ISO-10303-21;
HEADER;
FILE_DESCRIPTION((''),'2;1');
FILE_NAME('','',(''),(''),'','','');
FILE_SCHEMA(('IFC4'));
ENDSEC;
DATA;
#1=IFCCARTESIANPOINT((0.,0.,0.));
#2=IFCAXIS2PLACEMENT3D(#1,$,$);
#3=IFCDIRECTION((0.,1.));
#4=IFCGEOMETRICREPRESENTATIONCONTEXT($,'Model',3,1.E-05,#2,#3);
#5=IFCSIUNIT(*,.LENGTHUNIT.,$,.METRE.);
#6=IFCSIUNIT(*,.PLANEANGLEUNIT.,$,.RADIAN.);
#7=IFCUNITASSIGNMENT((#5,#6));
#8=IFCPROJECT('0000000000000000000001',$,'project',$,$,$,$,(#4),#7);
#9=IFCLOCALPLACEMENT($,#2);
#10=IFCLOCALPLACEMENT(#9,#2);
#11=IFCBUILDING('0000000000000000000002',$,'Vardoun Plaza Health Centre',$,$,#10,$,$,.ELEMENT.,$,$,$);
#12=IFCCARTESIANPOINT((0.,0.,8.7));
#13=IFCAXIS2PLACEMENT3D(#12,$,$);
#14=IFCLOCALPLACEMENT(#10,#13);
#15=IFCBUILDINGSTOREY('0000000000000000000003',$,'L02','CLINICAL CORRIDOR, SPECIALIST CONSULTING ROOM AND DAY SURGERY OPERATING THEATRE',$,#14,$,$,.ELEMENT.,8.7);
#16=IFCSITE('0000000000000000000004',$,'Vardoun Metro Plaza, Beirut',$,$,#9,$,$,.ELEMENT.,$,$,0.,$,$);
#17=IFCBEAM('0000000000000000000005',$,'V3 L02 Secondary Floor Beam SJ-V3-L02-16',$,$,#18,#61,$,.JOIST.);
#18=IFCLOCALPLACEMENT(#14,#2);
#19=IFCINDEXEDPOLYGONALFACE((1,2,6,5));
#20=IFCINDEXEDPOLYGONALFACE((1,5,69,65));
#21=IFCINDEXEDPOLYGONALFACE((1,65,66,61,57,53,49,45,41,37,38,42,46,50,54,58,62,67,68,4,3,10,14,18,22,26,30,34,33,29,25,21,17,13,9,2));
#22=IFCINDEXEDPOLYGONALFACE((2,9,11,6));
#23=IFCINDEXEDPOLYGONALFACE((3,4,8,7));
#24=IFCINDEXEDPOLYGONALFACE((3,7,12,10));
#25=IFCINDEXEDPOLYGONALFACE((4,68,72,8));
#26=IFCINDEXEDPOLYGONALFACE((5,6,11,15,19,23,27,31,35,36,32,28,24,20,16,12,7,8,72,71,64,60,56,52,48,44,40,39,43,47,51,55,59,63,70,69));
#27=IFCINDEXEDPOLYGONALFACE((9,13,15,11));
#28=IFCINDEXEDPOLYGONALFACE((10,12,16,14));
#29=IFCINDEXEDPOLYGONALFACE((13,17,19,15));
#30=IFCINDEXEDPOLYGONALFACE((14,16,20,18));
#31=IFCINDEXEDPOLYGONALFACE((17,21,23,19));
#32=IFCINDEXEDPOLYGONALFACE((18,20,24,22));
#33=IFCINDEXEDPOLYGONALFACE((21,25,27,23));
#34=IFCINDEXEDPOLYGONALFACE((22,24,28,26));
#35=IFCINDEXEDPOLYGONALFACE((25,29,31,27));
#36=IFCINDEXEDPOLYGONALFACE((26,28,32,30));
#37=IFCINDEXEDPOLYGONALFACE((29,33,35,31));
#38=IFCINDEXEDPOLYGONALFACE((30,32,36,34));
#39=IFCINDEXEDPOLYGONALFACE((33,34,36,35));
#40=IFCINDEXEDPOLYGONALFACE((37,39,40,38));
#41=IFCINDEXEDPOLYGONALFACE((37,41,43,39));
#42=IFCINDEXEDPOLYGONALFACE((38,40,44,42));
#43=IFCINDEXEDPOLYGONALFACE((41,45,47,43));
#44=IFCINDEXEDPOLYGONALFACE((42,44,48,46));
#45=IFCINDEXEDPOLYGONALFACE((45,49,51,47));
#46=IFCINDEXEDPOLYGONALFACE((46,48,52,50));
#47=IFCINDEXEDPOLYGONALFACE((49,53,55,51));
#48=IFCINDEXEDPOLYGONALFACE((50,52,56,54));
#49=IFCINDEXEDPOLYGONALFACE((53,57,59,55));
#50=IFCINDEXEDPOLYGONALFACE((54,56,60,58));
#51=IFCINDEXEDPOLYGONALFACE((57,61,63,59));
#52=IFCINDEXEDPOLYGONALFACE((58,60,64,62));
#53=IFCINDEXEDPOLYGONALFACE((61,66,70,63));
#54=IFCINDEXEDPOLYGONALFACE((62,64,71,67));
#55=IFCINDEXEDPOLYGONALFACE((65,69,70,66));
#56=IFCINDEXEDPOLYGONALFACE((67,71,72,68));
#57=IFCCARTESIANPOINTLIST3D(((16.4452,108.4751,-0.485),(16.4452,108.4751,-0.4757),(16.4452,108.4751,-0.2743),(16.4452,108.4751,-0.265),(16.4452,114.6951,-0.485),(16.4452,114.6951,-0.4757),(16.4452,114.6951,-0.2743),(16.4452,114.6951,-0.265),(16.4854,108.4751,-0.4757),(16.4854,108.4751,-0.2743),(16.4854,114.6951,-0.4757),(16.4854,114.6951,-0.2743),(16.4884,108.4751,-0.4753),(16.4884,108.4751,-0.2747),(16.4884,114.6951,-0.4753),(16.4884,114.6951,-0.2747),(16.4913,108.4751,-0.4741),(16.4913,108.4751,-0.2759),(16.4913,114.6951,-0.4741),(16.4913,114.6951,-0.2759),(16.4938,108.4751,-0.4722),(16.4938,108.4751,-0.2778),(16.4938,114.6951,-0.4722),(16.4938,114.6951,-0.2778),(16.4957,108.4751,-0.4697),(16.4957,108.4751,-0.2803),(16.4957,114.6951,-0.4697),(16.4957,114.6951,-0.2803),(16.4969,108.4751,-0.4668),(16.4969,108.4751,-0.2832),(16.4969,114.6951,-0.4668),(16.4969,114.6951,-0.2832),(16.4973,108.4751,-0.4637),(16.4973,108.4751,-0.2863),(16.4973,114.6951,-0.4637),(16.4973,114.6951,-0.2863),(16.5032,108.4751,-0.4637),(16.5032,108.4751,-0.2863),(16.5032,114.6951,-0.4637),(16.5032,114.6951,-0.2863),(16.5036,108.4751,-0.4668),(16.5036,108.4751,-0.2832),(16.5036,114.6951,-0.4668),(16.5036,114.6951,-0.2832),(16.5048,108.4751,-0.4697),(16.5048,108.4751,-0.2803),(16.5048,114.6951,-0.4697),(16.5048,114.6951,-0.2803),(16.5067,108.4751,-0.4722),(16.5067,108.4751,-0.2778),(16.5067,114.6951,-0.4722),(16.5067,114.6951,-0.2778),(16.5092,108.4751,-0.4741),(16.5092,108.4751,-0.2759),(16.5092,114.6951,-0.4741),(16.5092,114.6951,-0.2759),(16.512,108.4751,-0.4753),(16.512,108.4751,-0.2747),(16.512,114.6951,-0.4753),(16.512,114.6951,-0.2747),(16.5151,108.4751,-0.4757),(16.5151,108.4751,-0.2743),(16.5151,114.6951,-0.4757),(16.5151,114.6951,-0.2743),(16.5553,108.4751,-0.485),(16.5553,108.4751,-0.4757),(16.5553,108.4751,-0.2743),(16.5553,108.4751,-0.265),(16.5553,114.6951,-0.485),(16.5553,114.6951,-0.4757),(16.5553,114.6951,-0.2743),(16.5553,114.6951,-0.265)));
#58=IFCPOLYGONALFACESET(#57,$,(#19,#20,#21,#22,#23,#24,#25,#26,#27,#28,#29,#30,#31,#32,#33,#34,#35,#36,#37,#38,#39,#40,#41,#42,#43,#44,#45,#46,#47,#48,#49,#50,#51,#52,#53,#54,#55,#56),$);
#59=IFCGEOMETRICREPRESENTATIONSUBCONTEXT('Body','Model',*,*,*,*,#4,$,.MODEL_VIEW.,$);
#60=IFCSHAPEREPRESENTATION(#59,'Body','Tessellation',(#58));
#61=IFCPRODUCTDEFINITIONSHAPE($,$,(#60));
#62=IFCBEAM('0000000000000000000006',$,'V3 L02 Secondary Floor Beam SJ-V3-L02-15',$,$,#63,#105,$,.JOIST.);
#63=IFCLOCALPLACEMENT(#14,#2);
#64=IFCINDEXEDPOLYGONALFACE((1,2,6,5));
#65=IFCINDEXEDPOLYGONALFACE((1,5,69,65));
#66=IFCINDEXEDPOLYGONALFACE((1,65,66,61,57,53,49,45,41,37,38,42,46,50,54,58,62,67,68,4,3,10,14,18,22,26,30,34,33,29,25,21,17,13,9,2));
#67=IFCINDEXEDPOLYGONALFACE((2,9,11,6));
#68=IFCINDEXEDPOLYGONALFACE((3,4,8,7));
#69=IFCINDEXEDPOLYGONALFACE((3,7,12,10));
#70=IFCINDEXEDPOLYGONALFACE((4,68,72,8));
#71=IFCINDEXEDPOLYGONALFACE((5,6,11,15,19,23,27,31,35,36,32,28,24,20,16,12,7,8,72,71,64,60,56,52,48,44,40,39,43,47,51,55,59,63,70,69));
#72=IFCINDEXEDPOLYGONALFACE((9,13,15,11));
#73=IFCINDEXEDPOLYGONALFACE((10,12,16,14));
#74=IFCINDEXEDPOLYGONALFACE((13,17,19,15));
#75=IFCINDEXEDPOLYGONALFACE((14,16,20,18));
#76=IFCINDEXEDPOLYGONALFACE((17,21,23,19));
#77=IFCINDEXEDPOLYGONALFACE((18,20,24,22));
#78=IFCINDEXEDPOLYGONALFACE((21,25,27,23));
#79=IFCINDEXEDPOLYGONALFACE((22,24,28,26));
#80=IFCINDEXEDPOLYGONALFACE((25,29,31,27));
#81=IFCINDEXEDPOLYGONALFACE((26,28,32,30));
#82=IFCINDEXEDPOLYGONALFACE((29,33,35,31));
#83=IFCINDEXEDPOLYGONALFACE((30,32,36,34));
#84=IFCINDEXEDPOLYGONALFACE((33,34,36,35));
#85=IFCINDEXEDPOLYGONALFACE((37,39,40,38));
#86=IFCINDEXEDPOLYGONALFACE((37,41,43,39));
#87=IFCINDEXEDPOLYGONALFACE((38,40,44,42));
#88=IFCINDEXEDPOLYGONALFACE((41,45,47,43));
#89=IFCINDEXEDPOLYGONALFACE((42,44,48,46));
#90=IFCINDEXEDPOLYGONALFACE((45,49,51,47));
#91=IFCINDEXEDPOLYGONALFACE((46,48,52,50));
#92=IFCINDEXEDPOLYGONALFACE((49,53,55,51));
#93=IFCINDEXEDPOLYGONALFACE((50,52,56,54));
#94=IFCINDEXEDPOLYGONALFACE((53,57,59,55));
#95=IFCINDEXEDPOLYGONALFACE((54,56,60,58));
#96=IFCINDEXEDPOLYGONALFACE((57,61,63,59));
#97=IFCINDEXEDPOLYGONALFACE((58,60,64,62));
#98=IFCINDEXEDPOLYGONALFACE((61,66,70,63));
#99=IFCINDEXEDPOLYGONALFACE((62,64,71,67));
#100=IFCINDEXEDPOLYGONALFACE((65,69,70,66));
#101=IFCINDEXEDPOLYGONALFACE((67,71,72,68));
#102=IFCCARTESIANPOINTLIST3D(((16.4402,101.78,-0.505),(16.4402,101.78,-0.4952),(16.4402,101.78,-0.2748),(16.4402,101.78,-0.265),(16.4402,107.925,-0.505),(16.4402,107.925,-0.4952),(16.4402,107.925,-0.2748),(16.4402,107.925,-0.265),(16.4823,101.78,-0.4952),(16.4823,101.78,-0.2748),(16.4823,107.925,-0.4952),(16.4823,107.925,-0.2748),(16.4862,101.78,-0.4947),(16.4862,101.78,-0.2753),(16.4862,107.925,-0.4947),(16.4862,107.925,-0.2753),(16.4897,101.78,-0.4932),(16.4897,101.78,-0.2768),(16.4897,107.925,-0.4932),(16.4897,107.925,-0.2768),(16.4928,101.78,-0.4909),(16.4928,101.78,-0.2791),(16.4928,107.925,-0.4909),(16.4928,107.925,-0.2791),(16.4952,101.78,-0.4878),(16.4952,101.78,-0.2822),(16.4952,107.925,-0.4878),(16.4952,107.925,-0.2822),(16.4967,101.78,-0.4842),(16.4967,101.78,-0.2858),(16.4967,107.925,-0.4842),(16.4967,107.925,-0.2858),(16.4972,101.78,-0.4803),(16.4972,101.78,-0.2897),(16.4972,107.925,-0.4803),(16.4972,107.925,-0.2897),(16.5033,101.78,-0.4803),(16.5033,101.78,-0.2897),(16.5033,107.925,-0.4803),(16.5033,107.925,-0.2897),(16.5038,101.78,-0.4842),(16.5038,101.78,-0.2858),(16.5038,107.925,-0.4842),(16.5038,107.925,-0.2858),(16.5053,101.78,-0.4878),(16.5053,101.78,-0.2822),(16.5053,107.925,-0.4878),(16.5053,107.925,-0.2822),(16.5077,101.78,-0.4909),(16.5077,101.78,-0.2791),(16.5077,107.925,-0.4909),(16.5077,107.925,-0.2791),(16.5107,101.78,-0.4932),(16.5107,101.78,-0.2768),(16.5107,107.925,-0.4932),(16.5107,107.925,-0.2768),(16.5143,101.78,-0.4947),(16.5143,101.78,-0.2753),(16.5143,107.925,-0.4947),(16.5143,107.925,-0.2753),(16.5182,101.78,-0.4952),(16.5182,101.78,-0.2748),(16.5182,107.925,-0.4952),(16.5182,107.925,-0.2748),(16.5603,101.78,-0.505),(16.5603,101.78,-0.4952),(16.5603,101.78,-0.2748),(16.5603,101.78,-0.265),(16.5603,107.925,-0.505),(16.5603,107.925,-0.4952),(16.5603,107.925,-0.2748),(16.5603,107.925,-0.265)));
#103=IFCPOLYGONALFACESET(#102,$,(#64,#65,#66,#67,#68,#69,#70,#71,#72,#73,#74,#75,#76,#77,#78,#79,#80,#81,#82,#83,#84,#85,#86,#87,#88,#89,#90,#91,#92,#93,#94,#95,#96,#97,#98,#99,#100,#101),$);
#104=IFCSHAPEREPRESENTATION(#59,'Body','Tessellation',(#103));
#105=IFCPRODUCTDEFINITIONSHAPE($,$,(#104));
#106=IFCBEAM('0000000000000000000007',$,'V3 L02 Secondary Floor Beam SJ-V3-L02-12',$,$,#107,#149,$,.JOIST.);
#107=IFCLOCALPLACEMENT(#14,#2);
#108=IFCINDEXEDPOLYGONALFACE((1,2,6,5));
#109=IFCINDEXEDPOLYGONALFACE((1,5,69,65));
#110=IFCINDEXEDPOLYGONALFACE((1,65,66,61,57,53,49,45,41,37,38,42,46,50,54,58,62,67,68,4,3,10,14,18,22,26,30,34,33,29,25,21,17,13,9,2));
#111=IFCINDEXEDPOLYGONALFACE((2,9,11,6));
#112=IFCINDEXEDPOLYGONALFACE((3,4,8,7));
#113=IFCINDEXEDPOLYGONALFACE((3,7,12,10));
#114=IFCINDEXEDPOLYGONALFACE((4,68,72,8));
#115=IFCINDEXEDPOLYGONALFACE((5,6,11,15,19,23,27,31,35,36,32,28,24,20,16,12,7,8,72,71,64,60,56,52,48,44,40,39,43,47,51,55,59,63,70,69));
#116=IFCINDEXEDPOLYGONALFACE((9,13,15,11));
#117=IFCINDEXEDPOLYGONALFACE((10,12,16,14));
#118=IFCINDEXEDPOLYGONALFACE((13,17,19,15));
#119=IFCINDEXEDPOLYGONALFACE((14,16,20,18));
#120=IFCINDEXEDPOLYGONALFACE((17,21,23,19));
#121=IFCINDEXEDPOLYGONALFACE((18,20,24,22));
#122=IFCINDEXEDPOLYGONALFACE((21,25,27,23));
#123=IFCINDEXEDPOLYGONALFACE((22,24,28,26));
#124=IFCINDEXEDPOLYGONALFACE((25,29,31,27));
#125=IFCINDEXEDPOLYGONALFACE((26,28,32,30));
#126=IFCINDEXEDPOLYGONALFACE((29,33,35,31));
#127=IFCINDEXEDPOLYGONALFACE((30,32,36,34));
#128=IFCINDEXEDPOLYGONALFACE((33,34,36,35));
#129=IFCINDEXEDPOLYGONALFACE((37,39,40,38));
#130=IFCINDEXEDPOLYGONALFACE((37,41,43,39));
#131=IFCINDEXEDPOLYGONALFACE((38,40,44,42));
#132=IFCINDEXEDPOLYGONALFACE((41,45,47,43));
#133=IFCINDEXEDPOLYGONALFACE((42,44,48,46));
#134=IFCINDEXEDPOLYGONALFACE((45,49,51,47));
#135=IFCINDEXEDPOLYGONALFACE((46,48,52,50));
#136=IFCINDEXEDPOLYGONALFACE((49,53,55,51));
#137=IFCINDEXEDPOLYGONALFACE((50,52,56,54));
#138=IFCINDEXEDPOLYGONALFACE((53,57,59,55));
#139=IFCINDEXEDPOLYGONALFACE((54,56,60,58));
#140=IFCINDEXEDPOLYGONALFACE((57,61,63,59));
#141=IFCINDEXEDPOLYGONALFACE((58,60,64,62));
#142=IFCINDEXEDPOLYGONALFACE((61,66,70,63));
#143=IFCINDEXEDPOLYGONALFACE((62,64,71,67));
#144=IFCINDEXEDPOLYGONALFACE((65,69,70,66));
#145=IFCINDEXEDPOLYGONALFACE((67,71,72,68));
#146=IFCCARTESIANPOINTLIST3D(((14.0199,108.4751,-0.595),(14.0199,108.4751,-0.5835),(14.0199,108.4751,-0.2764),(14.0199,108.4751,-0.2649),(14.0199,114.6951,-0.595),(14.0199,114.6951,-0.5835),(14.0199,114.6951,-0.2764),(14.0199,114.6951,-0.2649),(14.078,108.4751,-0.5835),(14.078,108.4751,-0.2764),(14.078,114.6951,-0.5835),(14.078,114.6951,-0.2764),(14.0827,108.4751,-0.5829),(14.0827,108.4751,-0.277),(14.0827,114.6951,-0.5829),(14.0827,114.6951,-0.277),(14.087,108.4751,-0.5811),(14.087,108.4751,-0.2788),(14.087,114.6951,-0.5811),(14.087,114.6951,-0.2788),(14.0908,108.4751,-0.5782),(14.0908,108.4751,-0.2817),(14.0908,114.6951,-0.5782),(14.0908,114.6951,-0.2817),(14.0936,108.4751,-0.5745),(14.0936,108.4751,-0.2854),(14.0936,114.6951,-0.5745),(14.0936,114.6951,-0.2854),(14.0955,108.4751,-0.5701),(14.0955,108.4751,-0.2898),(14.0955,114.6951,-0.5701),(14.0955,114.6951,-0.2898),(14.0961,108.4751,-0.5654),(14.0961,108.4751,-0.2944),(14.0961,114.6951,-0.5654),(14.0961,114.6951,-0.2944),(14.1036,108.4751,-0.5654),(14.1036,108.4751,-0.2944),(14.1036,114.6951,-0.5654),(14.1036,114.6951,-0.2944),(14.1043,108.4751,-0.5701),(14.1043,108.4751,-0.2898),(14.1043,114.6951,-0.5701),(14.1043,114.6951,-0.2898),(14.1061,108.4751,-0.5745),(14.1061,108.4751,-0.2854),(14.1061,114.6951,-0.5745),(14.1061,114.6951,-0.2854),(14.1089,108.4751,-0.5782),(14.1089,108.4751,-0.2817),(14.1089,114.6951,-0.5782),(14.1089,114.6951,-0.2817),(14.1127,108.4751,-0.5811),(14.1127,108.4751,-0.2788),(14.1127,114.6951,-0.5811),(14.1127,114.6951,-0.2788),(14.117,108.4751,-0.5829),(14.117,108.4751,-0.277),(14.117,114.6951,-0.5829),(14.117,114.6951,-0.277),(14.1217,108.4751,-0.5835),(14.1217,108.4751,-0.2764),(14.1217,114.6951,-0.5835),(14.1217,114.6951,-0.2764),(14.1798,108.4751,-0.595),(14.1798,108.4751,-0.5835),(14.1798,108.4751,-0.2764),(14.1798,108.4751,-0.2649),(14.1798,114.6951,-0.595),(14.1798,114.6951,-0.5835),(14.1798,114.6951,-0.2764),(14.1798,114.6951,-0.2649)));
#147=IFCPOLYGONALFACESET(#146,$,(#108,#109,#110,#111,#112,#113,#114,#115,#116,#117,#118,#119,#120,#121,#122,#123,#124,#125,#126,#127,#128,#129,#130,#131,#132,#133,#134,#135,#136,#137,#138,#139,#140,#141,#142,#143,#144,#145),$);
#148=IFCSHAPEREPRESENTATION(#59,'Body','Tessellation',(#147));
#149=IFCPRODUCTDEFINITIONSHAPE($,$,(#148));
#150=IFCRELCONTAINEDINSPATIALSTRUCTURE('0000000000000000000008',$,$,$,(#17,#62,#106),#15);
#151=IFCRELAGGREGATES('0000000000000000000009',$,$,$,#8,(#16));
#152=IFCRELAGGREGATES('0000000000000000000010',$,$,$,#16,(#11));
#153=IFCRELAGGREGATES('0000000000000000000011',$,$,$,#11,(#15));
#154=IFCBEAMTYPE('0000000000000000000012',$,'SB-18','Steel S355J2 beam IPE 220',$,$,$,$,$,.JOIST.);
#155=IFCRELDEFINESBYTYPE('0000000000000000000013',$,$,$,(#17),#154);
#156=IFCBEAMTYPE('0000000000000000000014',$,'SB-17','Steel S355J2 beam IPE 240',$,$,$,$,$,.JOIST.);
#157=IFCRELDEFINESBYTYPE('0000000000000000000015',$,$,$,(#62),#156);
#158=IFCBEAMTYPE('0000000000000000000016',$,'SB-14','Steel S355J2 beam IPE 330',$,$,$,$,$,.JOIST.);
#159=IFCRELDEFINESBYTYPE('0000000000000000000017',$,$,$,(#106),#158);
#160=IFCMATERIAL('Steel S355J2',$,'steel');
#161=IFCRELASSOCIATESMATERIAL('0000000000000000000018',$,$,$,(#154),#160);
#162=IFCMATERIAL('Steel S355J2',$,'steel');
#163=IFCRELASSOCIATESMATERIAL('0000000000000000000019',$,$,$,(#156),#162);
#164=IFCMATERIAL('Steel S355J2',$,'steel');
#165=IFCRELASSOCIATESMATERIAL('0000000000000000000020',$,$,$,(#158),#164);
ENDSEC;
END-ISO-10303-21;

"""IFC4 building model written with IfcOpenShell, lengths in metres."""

from ifc_helpers import new_model, si_unit, direction, frame, origin, origin_2d, place, context, subcontext, project, spatial, i_section, extrude, material, material_profile, profile_set, type_object, element, save


model = new_model("IFC4")

# Units and contexts
model_context = context("Model", 3, precision=1e-05, world=origin(), true_north=direction((0.0, 1.0)))
body_context = subcontext(model_context, "Body", "Model", "MODEL_VIEW")
ifc_project = project(units=[si_unit("LENGTHUNIT", "METRE"), si_unit("PLANEANGLEUNIT", "RADIAN")], contexts=[model_context])

# Site, building, storey
site_placement = place(None, origin())
site = spatial("IfcSite", under=ifc_project, at=site_placement, Name="Vardoun Metro Plaza, Beirut", CompositionType="ELEMENT", RefElevation=0.0)
building_placement = place(site_placement, origin())
building = spatial("IfcBuilding", under=site, at=building_placement, Name="Vardoun Plaza Health Centre", CompositionType="ELEMENT")
storey_placement = place(building_placement, frame((0.0, 0.0, 8.7)))
storey = spatial("IfcBuildingStorey", under=building, at=storey_placement, Name="L02", Description="CLINICAL CORRIDOR, SPECIALIST CONSULTING ROOM AND DAY SURGERY OPERATING THEATRE", CompositionType="ELEMENT", Elevation=8.7)

# Beams
ifc_material_1 = material(Name="Steel S355J2", Category="steel")
ifc_material_profile_1 = material_profile(ifc_material_1, i_section(OverallWidth=0.1101, OverallDepth=0.22, WebThickness=0.0059, FlangeThickness=0.0093, FilletRadius=0.012, at=origin_2d()), Name="IPE 220")
ifc_profile_set_1 = profile_set([ifc_material_profile_1], Name="Steel S355J2")
beam_type_1 = type_object("IfcBeamType", Name="SB-18", Description="Steel S355J2 beam IPE 220", PredefinedType="JOIST", material=ifc_profile_set_1)
beam_1_placement = place(storey_placement, frame((16.5002, 108.4751, -0.375), z_axis=(0.0, 1.0, 0.0), x_axis=(-1.0, 0.0, 0.0)))
element("IfcBeam", 1, at=beam_1_placement, inside=storey, type_object=beam_type_1, Name="V3 L02 Secondary Floor Beam SJ-V3-L02-16", PredefinedType="JOIST", context=body_context, shape_type="SweptSolid", body=[
    extrude(i_section(OverallWidth=0.1101, OverallDepth=0.22, WebThickness=0.0059, FlangeThickness=0.0093, FilletRadius=0.012, at=origin_2d()), origin(), (0.0, 0.0, 1.0), 6.22),
])
ifc_material_2 = material(Name="Steel S355J2", Category="steel")
ifc_material_profile_2 = material_profile(ifc_material_2, i_section(OverallWidth=0.1201, OverallDepth=0.24, WebThickness=0.0061, FlangeThickness=0.0098, FilletRadius=0.0149, at=origin_2d()), Name="IPE 240")
ifc_profile_set_2 = profile_set([ifc_material_profile_2], Name="Steel S355J2")
beam_type_2 = type_object("IfcBeamType", Name="SB-17", Description="Steel S355J2 beam IPE 240", PredefinedType="JOIST", material=ifc_profile_set_2)
beam_2_placement = place(storey_placement, frame((16.5002, 101.78, -0.385), z_axis=(0.0, 1.0, 0.0), x_axis=(-1.0, 0.0, 0.0)))
element("IfcBeam", 2, at=beam_2_placement, inside=storey, type_object=beam_type_2, Name="V3 L02 Secondary Floor Beam SJ-V3-L02-15", PredefinedType="JOIST", context=body_context, shape_type="SweptSolid", body=[
    extrude(i_section(OverallWidth=0.1201, OverallDepth=0.24, WebThickness=0.0061, FlangeThickness=0.0098, FilletRadius=0.0149, at=origin_2d()), origin(), (0.0, 0.0, 1.0), 6.145),
])
ifc_material_3 = material(Name="Steel S355J2", Category="steel")
ifc_material_profile_3 = material_profile(ifc_material_3, i_section(OverallWidth=0.1599, OverallDepth=0.3301, WebThickness=0.0076, FlangeThickness=0.0115, FilletRadius=0.0181, at=origin_2d()), Name="IPE 330")
ifc_profile_set_3 = profile_set([ifc_material_profile_3], Name="Steel S355J2")
beam_type_3 = type_object("IfcBeamType", Name="SB-14", Description="Steel S355J2 beam IPE 330", PredefinedType="JOIST", material=ifc_profile_set_3)
beam_3_placement = place(storey_placement, frame((14.0999, 108.4751, -0.4299), z_axis=(0.0, 1.0, 0.0), x_axis=(-1.0, 0.0, 0.0)))
element("IfcBeam", 3, at=beam_3_placement, inside=storey, type_object=beam_type_3, Name="V3 L02 Secondary Floor Beam SJ-V3-L02-12", PredefinedType="JOIST", context=body_context, shape_type="SweptSolid", body=[
    extrude(i_section(OverallWidth=0.1599, OverallDepth=0.3301, WebThickness=0.0076, FlangeThickness=0.0115, FilletRadius=0.0181, at=origin_2d()), origin(), (0.0, 0.0, 1.0), 6.22),
])

save(model, "model.ifc")
